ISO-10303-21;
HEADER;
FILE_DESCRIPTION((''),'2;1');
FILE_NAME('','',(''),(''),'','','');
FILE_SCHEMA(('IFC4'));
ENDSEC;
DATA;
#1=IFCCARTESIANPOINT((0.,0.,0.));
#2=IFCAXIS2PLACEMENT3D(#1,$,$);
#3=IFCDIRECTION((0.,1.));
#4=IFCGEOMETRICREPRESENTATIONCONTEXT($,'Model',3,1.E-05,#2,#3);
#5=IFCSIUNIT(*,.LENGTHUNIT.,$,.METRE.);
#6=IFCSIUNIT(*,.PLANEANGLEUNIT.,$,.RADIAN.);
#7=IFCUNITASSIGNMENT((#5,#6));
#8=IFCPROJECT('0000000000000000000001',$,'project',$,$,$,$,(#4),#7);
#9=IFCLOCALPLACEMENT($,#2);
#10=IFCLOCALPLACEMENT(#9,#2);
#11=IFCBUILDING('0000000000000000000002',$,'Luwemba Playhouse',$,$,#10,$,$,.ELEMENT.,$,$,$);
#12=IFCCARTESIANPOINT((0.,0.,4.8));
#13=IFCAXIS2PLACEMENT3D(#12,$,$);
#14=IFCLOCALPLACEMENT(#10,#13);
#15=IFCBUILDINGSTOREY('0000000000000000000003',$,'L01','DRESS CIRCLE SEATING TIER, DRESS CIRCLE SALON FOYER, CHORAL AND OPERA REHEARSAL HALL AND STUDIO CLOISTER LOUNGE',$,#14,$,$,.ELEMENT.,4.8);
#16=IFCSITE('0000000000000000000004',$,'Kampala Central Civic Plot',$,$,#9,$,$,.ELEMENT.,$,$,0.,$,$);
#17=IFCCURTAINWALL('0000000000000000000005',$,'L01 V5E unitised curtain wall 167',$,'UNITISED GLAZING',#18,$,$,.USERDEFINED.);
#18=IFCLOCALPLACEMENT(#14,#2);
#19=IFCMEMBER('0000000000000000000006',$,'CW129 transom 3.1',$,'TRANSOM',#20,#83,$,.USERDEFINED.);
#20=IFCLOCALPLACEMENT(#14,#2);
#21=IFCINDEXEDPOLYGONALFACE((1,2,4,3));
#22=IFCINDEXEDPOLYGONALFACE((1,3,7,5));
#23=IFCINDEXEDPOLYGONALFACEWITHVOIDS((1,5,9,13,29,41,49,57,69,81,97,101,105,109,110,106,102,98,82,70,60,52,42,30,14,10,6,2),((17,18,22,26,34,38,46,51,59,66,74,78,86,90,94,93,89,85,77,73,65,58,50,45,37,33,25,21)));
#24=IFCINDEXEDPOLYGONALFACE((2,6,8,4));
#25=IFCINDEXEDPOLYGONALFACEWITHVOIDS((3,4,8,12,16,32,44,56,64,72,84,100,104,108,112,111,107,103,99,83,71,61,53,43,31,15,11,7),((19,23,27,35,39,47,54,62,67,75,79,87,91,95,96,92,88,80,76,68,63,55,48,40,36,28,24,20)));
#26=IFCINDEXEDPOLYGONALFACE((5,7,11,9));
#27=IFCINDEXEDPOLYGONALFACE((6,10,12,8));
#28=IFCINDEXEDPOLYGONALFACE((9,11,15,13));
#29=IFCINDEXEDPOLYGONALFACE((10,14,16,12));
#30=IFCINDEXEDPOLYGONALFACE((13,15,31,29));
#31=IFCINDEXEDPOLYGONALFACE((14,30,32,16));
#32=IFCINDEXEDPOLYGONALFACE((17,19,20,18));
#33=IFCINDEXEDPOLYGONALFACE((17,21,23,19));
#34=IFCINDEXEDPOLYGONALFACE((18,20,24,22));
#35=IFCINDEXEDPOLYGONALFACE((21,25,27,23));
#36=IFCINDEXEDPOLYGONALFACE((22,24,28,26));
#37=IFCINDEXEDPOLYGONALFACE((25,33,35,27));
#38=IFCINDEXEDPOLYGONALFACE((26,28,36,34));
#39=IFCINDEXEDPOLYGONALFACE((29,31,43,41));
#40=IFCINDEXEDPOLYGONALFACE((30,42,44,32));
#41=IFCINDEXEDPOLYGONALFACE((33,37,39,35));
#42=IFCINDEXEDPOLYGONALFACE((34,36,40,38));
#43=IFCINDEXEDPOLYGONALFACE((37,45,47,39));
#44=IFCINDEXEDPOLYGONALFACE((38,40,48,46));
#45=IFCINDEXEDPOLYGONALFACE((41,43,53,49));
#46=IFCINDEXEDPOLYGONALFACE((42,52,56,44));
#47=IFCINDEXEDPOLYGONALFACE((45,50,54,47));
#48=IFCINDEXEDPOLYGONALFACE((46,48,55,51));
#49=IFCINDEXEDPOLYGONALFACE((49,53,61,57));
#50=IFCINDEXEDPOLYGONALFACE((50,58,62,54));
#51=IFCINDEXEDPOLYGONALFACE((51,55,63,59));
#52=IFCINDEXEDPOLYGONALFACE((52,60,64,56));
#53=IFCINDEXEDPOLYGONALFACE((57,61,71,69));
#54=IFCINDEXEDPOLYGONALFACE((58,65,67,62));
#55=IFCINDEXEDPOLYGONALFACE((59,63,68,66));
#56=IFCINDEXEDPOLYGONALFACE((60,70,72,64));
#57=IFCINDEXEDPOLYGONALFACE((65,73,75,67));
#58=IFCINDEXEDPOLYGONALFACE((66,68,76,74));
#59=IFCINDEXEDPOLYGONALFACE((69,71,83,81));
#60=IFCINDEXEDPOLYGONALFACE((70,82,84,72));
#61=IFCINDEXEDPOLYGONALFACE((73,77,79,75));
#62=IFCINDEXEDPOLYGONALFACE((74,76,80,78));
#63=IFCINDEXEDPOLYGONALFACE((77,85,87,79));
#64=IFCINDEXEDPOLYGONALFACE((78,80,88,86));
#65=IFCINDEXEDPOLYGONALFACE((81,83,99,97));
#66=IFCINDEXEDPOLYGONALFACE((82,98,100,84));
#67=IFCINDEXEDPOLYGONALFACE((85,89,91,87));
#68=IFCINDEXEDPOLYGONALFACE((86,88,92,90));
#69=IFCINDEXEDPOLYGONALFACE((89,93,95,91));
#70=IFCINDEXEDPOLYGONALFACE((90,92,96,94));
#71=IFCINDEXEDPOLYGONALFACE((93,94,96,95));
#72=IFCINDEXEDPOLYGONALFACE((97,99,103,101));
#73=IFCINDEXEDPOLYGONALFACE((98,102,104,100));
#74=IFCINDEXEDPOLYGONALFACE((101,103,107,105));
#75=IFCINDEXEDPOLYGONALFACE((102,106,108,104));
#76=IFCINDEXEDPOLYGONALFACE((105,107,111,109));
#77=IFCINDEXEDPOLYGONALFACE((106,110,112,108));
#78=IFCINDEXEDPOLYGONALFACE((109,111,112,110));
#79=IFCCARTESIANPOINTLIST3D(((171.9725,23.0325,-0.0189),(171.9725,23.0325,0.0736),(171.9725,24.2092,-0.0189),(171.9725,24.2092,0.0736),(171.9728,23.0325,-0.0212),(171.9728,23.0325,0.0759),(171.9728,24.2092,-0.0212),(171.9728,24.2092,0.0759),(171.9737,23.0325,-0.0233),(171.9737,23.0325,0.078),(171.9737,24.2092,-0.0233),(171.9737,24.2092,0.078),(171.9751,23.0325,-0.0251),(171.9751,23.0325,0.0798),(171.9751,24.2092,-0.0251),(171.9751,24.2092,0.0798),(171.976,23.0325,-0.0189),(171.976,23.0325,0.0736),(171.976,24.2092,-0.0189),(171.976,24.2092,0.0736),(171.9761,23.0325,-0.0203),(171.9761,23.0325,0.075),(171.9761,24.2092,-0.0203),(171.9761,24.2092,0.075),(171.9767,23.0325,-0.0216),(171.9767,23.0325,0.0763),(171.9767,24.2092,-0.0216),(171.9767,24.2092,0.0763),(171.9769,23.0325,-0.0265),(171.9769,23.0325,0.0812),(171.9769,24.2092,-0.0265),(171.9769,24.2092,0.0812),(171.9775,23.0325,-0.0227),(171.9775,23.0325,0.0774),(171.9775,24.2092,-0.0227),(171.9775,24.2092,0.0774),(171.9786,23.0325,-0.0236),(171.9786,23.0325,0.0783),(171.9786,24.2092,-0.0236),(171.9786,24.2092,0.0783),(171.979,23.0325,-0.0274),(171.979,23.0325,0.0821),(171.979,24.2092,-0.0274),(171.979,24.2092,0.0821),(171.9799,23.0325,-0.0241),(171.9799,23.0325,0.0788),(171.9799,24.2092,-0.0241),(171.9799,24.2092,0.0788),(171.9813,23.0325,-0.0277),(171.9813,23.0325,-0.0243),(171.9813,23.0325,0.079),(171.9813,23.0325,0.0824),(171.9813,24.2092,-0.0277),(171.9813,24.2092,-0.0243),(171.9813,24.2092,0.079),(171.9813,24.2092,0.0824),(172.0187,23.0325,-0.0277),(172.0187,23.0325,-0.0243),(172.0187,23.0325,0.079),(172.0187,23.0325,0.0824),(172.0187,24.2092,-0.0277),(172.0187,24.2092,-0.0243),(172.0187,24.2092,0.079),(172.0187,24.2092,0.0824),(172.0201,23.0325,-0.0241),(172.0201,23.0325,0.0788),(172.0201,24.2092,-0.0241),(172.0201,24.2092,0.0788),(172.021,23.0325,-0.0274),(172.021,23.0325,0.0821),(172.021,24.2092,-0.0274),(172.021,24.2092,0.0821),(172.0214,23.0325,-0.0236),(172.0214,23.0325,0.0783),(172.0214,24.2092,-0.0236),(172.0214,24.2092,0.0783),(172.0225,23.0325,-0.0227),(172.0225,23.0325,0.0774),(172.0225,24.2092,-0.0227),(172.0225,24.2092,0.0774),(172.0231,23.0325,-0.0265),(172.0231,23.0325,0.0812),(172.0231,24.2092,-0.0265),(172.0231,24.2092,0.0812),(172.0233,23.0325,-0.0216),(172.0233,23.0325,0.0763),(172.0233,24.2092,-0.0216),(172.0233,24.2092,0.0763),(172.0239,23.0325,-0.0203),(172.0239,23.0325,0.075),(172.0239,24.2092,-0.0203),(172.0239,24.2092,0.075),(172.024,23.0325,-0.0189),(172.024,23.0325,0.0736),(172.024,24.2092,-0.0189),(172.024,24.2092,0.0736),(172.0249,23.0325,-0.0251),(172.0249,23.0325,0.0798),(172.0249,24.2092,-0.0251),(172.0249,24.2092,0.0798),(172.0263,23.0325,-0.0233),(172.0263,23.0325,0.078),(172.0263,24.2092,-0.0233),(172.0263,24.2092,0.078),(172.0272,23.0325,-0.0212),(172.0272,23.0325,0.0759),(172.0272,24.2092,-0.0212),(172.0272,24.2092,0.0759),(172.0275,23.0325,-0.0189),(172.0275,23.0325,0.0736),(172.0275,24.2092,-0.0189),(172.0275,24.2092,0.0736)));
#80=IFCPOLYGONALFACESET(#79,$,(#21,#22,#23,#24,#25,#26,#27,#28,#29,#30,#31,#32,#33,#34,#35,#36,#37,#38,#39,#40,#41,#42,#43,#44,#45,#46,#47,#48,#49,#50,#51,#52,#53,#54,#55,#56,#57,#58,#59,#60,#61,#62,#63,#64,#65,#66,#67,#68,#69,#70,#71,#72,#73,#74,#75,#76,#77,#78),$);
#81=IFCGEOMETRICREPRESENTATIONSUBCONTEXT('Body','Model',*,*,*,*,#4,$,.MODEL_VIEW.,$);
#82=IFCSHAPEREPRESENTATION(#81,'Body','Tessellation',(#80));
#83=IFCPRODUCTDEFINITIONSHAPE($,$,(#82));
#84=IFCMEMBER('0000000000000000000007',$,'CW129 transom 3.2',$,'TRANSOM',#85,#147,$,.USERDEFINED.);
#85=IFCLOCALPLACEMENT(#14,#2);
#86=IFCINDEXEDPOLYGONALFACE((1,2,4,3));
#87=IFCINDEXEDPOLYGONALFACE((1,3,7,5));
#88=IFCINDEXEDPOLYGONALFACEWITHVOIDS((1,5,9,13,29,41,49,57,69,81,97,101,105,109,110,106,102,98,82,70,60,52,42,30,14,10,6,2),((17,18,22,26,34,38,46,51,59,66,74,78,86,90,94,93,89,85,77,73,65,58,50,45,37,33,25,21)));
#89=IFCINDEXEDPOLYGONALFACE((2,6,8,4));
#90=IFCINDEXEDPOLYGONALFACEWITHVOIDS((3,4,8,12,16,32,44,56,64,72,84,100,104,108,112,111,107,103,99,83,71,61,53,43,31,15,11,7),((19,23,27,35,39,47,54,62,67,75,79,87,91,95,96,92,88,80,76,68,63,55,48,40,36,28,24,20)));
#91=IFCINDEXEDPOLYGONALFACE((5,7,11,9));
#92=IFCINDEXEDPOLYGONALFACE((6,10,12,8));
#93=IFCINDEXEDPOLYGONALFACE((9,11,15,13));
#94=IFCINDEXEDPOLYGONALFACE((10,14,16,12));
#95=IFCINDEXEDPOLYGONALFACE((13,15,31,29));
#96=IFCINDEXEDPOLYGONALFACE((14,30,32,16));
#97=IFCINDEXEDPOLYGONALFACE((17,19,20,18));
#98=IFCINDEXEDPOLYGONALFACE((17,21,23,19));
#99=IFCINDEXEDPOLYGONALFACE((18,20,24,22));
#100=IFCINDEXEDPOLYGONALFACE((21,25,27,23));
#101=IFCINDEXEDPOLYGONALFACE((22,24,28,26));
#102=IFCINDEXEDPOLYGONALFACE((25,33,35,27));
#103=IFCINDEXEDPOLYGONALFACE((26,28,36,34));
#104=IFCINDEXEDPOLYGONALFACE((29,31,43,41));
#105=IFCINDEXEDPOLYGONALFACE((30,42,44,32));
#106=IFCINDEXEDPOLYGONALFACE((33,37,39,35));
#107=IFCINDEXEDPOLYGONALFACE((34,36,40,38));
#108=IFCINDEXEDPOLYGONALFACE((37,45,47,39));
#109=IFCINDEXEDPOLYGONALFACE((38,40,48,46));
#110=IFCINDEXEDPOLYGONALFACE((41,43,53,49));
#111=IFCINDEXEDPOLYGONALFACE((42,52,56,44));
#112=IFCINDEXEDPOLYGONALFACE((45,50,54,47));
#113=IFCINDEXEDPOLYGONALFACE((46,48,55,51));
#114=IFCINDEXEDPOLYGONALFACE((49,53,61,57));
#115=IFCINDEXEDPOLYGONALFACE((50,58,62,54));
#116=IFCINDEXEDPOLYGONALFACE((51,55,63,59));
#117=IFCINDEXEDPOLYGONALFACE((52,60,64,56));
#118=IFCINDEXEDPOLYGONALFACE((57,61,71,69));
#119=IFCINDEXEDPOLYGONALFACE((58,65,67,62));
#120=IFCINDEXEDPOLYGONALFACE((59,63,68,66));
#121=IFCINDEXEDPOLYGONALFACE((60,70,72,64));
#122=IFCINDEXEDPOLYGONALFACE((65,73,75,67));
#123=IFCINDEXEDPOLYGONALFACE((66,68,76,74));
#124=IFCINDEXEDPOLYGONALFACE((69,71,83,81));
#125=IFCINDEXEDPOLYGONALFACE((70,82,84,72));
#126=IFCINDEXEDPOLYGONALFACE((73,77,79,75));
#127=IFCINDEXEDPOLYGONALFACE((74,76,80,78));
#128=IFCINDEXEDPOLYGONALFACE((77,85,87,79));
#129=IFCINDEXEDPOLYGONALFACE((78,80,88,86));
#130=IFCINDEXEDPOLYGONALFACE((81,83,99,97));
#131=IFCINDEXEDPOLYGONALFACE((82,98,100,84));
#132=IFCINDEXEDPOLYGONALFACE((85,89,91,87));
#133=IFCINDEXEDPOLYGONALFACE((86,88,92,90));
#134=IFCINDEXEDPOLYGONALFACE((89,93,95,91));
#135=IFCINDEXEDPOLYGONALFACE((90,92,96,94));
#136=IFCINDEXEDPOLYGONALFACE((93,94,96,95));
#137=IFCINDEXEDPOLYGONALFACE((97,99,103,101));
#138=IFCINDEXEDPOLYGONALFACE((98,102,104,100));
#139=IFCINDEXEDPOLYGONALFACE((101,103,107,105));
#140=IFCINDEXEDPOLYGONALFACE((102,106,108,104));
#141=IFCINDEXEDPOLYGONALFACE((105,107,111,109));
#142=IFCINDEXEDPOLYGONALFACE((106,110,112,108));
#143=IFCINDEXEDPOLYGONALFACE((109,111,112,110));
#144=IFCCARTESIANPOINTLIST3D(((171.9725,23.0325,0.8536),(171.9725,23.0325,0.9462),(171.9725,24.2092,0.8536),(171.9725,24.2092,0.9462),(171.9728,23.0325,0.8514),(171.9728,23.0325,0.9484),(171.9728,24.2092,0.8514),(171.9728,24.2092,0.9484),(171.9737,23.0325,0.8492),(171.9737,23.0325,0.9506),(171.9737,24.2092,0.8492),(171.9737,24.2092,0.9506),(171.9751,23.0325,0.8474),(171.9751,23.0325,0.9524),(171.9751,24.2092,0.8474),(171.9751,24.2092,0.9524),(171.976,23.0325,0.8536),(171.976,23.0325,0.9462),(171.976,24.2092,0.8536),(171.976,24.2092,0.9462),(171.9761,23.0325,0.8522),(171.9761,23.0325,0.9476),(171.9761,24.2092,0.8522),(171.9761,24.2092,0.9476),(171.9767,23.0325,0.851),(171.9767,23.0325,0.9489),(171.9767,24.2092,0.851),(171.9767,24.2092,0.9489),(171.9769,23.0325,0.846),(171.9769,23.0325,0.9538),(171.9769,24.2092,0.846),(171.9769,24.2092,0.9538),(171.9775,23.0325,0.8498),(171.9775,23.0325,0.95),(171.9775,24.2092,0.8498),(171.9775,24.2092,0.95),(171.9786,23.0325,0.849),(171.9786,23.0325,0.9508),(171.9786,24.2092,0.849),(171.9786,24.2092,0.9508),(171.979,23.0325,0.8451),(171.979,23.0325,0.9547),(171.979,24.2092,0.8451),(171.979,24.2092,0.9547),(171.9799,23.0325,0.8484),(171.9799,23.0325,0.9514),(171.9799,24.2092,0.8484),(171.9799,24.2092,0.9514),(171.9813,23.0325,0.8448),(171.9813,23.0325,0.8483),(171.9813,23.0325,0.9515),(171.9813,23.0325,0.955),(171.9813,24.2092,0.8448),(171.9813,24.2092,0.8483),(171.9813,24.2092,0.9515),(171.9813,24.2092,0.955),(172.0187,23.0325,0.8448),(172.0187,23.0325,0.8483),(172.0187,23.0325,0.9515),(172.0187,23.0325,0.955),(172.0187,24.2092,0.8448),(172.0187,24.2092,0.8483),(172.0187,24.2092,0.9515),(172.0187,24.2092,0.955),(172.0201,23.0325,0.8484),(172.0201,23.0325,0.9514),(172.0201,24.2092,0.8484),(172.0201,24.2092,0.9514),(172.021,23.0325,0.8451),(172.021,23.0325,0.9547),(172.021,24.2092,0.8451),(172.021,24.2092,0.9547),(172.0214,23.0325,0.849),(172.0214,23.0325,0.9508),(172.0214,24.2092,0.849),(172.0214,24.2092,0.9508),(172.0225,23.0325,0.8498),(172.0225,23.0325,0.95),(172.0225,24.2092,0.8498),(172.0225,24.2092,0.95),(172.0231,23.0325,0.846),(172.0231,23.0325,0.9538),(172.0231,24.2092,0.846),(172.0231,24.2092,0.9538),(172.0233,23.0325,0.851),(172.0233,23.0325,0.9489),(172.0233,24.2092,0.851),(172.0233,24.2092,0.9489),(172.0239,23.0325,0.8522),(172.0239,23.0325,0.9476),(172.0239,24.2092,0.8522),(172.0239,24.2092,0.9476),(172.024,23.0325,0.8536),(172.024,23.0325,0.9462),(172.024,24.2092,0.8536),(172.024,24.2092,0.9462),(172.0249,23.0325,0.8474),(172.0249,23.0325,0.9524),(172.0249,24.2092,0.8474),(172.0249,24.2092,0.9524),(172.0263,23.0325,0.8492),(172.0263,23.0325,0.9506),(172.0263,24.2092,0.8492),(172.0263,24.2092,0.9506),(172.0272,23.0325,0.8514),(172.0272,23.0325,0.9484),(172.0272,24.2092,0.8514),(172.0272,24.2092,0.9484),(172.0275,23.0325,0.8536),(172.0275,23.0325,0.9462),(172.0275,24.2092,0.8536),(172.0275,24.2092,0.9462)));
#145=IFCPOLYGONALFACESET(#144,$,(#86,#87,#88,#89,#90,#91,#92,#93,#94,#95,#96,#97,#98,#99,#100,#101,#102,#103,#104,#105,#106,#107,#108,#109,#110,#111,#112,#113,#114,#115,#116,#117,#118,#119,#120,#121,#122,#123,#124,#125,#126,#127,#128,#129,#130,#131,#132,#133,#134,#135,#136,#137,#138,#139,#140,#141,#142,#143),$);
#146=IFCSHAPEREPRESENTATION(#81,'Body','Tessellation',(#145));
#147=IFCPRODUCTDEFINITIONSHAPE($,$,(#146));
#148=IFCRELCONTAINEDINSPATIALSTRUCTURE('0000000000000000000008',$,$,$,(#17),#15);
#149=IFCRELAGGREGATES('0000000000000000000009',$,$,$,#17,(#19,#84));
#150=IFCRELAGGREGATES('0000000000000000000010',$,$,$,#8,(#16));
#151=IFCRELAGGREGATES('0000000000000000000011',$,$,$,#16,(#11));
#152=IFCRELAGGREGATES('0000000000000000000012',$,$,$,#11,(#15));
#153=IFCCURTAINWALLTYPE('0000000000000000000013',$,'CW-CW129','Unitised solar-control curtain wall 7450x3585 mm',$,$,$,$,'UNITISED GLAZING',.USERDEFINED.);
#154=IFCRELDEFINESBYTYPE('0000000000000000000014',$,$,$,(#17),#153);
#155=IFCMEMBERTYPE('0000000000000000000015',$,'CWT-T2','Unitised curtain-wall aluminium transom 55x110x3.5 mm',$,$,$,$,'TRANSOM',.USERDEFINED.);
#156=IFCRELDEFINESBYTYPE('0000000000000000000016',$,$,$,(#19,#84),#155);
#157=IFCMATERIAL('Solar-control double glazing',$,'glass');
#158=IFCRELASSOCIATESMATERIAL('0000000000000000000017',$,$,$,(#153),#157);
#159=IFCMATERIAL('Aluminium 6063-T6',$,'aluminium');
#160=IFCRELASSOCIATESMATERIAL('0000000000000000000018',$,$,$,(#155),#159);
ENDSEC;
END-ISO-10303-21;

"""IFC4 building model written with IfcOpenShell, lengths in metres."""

from ifc_helpers import new_model, si_unit, direction, frame, origin, origin_2d, place, context, subcontext, project, spatial, hollow_rectangle, extrude, material, material_profile, profile_set, type_object, element, aggregate, save


model = new_model("IFC4")

# Units and contexts
model_context = context("Model", 3, precision=1e-05, world=origin(), true_north=direction((0.0, 1.0)))
body_context = subcontext(model_context, "Body", "Model", "MODEL_VIEW")
ifc_project = project(units=[si_unit("LENGTHUNIT", "METRE"), si_unit("PLANEANGLEUNIT", "RADIAN")], contexts=[model_context])

# Site, building, storey
site_placement = place(None, origin())
site = spatial("IfcSite", under=ifc_project, at=site_placement, Name="Kampala Central Civic Plot", CompositionType="ELEMENT", RefElevation=0.0)
building_placement = place(site_placement, origin())
building = spatial("IfcBuilding", under=site, at=building_placement, Name="Luwemba Playhouse", CompositionType="ELEMENT")
storey_placement = place(building_placement, frame((0.0, 0.0, 4.8)))
storey = spatial("IfcBuildingStorey", under=building, at=storey_placement, Name="L01", Description="DRESS CIRCLE SEATING TIER, DRESS CIRCLE SALON FOYER, CHORAL AND OPERA REHEARSAL HALL AND STUDIO CLOISTER LOUNGE", CompositionType="ELEMENT", Elevation=4.8)

# Curtain wall, members
ifc_material_1 = material(Name="Solar-control double glazing", Category="glass")
curtain_wall_type = type_object("IfcCurtainWallType", Name="CW-CW129", Description="Unitised solar-control curtain wall 7450x3585 mm", ElementType="UNITISED GLAZING", PredefinedType="USERDEFINED", material=ifc_material_1)
curtain_wall_placement = place(storey_placement, origin())
curtain_wall = element("IfcCurtainWall", 1, at=curtain_wall_placement, inside=storey, type_object=curtain_wall_type, Name="L01 V5E unitised curtain wall 167", ObjectType="UNITISED GLAZING", PredefinedType="USERDEFINED")
ifc_material_2 = material(Name="Aluminium 6063-T6", Category="aluminium")
ifc_material_profile_1 = material_profile(ifc_material_2, hollow_rectangle(XDim=0.0549, YDim=0.1101, WallThickness=0.0034, InnerFilletRadius=0.0054, OuterFilletRadius=0.0088, at=origin_2d()))
ifc_profile_set_1 = profile_set([ifc_material_profile_1], Name="Aluminium 6063-T6")
member_type_1 = type_object("IfcMemberType", Name="CWT-T2", Description="Unitised curtain-wall aluminium transom 55x110x3.5 mm", ElementType="TRANSOM", PredefinedType="USERDEFINED", material=ifc_profile_set_1)
member_1_placement = place(storey_placement, frame((172.0, 24.2092, 0.0273), z_axis=(0.0, -1.0, 0.0), x_axis=(1.0, 0.0, 0.0)))
member_1 = element("IfcMember", 2, at=member_1_placement, type_object=member_type_1, Name="CW129 transom 3.1", ObjectType="TRANSOM", PredefinedType="USERDEFINED", context=body_context, shape_type="SweptSolid", body=[
    extrude(hollow_rectangle(XDim=0.0549, YDim=0.1101, WallThickness=0.0034, InnerFilletRadius=0.0054, OuterFilletRadius=0.0088, at=origin_2d()), origin(), (0.0, 0.0, 1.0), 1.1768),
])
member_2_placement = place(storey_placement, frame((172.0, 24.2092, 0.8999), z_axis=(0.0, -1.0, 0.0), x_axis=(1.0, 0.0, 0.0)))
member_2 = element("IfcMember", 3, at=member_2_placement, type_object=member_type_1, Name="CW129 transom 3.2", ObjectType="TRANSOM", PredefinedType="USERDEFINED", context=body_context, shape_type="SweptSolid", body=[
    extrude(hollow_rectangle(XDim=0.0549, YDim=0.1101, WallThickness=0.0034, InnerFilletRadius=0.0054, OuterFilletRadius=0.0088, at=origin_2d()), origin(), (0.0, 0.0, 1.0), 1.1768),
])

aggregate(curtain_wall, [member_1, member_2])

save(model, "model.ifc")
